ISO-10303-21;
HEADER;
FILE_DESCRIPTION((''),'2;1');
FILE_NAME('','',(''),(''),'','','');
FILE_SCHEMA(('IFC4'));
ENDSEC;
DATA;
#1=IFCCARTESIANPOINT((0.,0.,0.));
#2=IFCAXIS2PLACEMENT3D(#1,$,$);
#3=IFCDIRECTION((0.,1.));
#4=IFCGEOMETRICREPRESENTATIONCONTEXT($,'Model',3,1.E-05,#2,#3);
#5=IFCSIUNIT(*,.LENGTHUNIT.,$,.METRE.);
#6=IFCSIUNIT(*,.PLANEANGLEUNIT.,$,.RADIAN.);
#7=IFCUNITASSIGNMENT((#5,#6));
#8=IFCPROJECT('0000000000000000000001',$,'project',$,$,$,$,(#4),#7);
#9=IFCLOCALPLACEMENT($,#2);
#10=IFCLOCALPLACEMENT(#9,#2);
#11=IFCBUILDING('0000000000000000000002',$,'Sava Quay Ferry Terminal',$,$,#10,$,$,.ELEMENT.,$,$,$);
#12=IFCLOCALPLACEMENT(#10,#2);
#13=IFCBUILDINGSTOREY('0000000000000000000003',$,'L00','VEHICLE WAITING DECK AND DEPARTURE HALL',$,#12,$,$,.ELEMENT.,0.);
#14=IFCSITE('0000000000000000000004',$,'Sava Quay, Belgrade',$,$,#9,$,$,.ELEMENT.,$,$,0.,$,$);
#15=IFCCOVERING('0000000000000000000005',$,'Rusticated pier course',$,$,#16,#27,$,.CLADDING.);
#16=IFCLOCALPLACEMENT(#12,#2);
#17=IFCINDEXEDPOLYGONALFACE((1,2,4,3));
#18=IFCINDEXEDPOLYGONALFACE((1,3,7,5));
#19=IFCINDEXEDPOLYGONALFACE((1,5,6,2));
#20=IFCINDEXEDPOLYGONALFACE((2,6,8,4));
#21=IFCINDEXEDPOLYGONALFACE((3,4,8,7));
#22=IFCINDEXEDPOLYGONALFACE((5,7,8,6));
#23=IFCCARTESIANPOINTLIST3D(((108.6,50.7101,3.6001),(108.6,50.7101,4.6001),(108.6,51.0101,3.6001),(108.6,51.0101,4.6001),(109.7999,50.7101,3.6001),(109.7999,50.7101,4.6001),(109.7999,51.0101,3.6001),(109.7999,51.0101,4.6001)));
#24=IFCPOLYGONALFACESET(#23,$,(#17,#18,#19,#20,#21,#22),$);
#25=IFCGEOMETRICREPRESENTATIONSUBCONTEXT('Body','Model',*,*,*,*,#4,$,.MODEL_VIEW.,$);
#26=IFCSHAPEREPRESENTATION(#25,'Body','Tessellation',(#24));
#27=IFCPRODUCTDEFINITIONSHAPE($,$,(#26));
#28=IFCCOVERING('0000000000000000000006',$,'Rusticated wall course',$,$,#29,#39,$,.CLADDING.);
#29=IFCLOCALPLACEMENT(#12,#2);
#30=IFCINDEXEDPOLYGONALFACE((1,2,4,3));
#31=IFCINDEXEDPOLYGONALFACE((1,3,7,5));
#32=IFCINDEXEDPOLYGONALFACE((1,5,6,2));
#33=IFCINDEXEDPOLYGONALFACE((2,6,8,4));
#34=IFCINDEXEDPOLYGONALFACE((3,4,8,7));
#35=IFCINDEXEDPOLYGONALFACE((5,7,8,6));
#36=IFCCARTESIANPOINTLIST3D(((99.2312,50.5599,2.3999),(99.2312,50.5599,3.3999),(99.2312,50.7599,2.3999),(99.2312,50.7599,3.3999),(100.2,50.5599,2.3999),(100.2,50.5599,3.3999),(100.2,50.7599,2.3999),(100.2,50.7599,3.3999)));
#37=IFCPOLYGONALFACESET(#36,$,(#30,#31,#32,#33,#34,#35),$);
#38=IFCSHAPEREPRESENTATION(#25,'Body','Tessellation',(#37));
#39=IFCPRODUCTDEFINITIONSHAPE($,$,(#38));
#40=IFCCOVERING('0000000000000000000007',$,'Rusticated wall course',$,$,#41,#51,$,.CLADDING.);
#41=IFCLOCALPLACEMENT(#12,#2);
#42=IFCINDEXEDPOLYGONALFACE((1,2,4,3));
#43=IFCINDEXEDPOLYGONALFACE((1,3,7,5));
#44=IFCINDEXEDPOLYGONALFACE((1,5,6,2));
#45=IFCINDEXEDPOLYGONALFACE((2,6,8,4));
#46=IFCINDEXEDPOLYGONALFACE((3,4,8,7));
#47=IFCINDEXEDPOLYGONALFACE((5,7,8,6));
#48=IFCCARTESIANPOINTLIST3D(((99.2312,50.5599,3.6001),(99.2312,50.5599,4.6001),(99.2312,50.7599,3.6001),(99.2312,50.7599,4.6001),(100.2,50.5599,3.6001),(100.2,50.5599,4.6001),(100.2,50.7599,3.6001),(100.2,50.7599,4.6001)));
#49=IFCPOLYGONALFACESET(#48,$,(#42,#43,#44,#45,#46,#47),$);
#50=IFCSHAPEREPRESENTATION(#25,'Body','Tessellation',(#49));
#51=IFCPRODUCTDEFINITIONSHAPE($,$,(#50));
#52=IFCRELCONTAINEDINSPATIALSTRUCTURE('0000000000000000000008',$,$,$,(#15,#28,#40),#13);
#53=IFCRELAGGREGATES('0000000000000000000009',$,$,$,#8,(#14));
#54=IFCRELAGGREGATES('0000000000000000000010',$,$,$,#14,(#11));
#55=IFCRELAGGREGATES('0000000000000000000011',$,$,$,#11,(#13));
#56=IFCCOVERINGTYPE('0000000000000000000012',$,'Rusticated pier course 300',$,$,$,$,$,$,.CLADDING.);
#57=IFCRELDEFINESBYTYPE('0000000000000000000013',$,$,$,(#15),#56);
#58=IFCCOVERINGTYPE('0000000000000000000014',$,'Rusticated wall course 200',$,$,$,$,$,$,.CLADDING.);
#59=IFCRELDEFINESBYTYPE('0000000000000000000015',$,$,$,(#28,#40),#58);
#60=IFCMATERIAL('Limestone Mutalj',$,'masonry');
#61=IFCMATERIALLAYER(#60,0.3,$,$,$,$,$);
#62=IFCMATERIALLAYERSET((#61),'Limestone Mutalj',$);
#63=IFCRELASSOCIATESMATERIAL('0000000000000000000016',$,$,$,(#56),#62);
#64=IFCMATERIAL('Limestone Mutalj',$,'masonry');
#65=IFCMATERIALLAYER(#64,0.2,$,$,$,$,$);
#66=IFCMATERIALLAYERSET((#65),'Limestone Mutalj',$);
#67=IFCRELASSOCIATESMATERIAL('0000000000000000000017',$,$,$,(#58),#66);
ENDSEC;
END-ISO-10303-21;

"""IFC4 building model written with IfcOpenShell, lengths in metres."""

from ifc_helpers import new_model, si_unit, direction, frame, origin, origin_2d, place, context, subcontext, project, spatial, rectangle, extrude, material, layer, layer_set, type_object, element, save


model = new_model("IFC4")

# Units and contexts
model_context = context("Model", 3, precision=1e-05, world=origin(), true_north=direction((0.0, 1.0)))
body_context = subcontext(model_context, "Body", "Model", "MODEL_VIEW")
ifc_project = project(units=[si_unit("LENGTHUNIT", "METRE"), si_unit("PLANEANGLEUNIT", "RADIAN")], contexts=[model_context])

# Site, building, storey
site_placement = place(None, origin())
site = spatial("IfcSite", under=ifc_project, at=site_placement, Name="Sava Quay, Belgrade", CompositionType="ELEMENT", RefElevation=0.0)
building_placement = place(site_placement, origin())
building = spatial("IfcBuilding", under=site, at=building_placement, Name="Sava Quay Ferry Terminal", CompositionType="ELEMENT")
storey_placement = place(building_placement, origin())
storey = spatial("IfcBuildingStorey", under=building, at=storey_placement, Name="L00", Description="VEHICLE WAITING DECK AND DEPARTURE HALL", CompositionType="ELEMENT", Elevation=0.0)

# Coverings
ifc_material_1 = material(Name="Limestone Mutalj", Category="masonry")
ifc_layer_1 = layer(ifc_material_1, 0.3)
ifc_layer_set_1 = layer_set([ifc_layer_1], Name="Limestone Mutalj")
covering_type_1 = type_object("IfcCoveringType", Name="Rusticated pier course 300", PredefinedType="CLADDING", material=ifc_layer_set_1)
for number, where, z_axis, x_axis, name in (
    (1, (109.2, 50.8601, 3.6001), (0.0, 0.0, 1.0), (1.0, 0.0, 0.0), "Rusticated pier course"),
):
    element("IfcCovering", number, at=place(storey_placement, frame(where, z_axis=z_axis, x_axis=x_axis)), inside=storey, type_object=covering_type_1, Name=name, PredefinedType="CLADDING", context=body_context, shape_type="SweptSolid", body=[
        extrude(rectangle(XDim=1.2, YDim=0.3, at=origin_2d()), origin(), (0.0, 0.0, 1.0), 1.0),
    ])
ifc_material_2 = material(Name="Limestone Mutalj", Category="masonry")
ifc_layer_2 = layer(ifc_material_2, 0.2)
ifc_layer_set_2 = layer_set([ifc_layer_2], Name="Limestone Mutalj")
covering_type_2 = type_object("IfcCoveringType", Name="Rusticated wall course 200", PredefinedType="CLADDING", material=ifc_layer_set_2)
for number, where, z_axis, x_axis, name in (
    (2, (99.7156, 50.6599, 2.3999), (0.0, 0.0, 1.0), (1.0, 0.0, 0.0), "Rusticated wall course"),
    (3, (99.7156, 50.6599, 3.6001), (0.0, 0.0, 1.0), (1.0, 0.0, 0.0), "Rusticated wall course"),
):
    element("IfcCovering", number, at=place(storey_placement, frame(where, z_axis=z_axis, x_axis=x_axis)), inside=storey, type_object=covering_type_2, Name=name, PredefinedType="CLADDING", context=body_context, shape_type="SweptSolid", body=[
        extrude(rectangle(XDim=0.9688, YDim=0.2, at=origin_2d()), origin(), (0.0, 0.0, 1.0), 1.0),
    ])

save(model, "model.ifc")
